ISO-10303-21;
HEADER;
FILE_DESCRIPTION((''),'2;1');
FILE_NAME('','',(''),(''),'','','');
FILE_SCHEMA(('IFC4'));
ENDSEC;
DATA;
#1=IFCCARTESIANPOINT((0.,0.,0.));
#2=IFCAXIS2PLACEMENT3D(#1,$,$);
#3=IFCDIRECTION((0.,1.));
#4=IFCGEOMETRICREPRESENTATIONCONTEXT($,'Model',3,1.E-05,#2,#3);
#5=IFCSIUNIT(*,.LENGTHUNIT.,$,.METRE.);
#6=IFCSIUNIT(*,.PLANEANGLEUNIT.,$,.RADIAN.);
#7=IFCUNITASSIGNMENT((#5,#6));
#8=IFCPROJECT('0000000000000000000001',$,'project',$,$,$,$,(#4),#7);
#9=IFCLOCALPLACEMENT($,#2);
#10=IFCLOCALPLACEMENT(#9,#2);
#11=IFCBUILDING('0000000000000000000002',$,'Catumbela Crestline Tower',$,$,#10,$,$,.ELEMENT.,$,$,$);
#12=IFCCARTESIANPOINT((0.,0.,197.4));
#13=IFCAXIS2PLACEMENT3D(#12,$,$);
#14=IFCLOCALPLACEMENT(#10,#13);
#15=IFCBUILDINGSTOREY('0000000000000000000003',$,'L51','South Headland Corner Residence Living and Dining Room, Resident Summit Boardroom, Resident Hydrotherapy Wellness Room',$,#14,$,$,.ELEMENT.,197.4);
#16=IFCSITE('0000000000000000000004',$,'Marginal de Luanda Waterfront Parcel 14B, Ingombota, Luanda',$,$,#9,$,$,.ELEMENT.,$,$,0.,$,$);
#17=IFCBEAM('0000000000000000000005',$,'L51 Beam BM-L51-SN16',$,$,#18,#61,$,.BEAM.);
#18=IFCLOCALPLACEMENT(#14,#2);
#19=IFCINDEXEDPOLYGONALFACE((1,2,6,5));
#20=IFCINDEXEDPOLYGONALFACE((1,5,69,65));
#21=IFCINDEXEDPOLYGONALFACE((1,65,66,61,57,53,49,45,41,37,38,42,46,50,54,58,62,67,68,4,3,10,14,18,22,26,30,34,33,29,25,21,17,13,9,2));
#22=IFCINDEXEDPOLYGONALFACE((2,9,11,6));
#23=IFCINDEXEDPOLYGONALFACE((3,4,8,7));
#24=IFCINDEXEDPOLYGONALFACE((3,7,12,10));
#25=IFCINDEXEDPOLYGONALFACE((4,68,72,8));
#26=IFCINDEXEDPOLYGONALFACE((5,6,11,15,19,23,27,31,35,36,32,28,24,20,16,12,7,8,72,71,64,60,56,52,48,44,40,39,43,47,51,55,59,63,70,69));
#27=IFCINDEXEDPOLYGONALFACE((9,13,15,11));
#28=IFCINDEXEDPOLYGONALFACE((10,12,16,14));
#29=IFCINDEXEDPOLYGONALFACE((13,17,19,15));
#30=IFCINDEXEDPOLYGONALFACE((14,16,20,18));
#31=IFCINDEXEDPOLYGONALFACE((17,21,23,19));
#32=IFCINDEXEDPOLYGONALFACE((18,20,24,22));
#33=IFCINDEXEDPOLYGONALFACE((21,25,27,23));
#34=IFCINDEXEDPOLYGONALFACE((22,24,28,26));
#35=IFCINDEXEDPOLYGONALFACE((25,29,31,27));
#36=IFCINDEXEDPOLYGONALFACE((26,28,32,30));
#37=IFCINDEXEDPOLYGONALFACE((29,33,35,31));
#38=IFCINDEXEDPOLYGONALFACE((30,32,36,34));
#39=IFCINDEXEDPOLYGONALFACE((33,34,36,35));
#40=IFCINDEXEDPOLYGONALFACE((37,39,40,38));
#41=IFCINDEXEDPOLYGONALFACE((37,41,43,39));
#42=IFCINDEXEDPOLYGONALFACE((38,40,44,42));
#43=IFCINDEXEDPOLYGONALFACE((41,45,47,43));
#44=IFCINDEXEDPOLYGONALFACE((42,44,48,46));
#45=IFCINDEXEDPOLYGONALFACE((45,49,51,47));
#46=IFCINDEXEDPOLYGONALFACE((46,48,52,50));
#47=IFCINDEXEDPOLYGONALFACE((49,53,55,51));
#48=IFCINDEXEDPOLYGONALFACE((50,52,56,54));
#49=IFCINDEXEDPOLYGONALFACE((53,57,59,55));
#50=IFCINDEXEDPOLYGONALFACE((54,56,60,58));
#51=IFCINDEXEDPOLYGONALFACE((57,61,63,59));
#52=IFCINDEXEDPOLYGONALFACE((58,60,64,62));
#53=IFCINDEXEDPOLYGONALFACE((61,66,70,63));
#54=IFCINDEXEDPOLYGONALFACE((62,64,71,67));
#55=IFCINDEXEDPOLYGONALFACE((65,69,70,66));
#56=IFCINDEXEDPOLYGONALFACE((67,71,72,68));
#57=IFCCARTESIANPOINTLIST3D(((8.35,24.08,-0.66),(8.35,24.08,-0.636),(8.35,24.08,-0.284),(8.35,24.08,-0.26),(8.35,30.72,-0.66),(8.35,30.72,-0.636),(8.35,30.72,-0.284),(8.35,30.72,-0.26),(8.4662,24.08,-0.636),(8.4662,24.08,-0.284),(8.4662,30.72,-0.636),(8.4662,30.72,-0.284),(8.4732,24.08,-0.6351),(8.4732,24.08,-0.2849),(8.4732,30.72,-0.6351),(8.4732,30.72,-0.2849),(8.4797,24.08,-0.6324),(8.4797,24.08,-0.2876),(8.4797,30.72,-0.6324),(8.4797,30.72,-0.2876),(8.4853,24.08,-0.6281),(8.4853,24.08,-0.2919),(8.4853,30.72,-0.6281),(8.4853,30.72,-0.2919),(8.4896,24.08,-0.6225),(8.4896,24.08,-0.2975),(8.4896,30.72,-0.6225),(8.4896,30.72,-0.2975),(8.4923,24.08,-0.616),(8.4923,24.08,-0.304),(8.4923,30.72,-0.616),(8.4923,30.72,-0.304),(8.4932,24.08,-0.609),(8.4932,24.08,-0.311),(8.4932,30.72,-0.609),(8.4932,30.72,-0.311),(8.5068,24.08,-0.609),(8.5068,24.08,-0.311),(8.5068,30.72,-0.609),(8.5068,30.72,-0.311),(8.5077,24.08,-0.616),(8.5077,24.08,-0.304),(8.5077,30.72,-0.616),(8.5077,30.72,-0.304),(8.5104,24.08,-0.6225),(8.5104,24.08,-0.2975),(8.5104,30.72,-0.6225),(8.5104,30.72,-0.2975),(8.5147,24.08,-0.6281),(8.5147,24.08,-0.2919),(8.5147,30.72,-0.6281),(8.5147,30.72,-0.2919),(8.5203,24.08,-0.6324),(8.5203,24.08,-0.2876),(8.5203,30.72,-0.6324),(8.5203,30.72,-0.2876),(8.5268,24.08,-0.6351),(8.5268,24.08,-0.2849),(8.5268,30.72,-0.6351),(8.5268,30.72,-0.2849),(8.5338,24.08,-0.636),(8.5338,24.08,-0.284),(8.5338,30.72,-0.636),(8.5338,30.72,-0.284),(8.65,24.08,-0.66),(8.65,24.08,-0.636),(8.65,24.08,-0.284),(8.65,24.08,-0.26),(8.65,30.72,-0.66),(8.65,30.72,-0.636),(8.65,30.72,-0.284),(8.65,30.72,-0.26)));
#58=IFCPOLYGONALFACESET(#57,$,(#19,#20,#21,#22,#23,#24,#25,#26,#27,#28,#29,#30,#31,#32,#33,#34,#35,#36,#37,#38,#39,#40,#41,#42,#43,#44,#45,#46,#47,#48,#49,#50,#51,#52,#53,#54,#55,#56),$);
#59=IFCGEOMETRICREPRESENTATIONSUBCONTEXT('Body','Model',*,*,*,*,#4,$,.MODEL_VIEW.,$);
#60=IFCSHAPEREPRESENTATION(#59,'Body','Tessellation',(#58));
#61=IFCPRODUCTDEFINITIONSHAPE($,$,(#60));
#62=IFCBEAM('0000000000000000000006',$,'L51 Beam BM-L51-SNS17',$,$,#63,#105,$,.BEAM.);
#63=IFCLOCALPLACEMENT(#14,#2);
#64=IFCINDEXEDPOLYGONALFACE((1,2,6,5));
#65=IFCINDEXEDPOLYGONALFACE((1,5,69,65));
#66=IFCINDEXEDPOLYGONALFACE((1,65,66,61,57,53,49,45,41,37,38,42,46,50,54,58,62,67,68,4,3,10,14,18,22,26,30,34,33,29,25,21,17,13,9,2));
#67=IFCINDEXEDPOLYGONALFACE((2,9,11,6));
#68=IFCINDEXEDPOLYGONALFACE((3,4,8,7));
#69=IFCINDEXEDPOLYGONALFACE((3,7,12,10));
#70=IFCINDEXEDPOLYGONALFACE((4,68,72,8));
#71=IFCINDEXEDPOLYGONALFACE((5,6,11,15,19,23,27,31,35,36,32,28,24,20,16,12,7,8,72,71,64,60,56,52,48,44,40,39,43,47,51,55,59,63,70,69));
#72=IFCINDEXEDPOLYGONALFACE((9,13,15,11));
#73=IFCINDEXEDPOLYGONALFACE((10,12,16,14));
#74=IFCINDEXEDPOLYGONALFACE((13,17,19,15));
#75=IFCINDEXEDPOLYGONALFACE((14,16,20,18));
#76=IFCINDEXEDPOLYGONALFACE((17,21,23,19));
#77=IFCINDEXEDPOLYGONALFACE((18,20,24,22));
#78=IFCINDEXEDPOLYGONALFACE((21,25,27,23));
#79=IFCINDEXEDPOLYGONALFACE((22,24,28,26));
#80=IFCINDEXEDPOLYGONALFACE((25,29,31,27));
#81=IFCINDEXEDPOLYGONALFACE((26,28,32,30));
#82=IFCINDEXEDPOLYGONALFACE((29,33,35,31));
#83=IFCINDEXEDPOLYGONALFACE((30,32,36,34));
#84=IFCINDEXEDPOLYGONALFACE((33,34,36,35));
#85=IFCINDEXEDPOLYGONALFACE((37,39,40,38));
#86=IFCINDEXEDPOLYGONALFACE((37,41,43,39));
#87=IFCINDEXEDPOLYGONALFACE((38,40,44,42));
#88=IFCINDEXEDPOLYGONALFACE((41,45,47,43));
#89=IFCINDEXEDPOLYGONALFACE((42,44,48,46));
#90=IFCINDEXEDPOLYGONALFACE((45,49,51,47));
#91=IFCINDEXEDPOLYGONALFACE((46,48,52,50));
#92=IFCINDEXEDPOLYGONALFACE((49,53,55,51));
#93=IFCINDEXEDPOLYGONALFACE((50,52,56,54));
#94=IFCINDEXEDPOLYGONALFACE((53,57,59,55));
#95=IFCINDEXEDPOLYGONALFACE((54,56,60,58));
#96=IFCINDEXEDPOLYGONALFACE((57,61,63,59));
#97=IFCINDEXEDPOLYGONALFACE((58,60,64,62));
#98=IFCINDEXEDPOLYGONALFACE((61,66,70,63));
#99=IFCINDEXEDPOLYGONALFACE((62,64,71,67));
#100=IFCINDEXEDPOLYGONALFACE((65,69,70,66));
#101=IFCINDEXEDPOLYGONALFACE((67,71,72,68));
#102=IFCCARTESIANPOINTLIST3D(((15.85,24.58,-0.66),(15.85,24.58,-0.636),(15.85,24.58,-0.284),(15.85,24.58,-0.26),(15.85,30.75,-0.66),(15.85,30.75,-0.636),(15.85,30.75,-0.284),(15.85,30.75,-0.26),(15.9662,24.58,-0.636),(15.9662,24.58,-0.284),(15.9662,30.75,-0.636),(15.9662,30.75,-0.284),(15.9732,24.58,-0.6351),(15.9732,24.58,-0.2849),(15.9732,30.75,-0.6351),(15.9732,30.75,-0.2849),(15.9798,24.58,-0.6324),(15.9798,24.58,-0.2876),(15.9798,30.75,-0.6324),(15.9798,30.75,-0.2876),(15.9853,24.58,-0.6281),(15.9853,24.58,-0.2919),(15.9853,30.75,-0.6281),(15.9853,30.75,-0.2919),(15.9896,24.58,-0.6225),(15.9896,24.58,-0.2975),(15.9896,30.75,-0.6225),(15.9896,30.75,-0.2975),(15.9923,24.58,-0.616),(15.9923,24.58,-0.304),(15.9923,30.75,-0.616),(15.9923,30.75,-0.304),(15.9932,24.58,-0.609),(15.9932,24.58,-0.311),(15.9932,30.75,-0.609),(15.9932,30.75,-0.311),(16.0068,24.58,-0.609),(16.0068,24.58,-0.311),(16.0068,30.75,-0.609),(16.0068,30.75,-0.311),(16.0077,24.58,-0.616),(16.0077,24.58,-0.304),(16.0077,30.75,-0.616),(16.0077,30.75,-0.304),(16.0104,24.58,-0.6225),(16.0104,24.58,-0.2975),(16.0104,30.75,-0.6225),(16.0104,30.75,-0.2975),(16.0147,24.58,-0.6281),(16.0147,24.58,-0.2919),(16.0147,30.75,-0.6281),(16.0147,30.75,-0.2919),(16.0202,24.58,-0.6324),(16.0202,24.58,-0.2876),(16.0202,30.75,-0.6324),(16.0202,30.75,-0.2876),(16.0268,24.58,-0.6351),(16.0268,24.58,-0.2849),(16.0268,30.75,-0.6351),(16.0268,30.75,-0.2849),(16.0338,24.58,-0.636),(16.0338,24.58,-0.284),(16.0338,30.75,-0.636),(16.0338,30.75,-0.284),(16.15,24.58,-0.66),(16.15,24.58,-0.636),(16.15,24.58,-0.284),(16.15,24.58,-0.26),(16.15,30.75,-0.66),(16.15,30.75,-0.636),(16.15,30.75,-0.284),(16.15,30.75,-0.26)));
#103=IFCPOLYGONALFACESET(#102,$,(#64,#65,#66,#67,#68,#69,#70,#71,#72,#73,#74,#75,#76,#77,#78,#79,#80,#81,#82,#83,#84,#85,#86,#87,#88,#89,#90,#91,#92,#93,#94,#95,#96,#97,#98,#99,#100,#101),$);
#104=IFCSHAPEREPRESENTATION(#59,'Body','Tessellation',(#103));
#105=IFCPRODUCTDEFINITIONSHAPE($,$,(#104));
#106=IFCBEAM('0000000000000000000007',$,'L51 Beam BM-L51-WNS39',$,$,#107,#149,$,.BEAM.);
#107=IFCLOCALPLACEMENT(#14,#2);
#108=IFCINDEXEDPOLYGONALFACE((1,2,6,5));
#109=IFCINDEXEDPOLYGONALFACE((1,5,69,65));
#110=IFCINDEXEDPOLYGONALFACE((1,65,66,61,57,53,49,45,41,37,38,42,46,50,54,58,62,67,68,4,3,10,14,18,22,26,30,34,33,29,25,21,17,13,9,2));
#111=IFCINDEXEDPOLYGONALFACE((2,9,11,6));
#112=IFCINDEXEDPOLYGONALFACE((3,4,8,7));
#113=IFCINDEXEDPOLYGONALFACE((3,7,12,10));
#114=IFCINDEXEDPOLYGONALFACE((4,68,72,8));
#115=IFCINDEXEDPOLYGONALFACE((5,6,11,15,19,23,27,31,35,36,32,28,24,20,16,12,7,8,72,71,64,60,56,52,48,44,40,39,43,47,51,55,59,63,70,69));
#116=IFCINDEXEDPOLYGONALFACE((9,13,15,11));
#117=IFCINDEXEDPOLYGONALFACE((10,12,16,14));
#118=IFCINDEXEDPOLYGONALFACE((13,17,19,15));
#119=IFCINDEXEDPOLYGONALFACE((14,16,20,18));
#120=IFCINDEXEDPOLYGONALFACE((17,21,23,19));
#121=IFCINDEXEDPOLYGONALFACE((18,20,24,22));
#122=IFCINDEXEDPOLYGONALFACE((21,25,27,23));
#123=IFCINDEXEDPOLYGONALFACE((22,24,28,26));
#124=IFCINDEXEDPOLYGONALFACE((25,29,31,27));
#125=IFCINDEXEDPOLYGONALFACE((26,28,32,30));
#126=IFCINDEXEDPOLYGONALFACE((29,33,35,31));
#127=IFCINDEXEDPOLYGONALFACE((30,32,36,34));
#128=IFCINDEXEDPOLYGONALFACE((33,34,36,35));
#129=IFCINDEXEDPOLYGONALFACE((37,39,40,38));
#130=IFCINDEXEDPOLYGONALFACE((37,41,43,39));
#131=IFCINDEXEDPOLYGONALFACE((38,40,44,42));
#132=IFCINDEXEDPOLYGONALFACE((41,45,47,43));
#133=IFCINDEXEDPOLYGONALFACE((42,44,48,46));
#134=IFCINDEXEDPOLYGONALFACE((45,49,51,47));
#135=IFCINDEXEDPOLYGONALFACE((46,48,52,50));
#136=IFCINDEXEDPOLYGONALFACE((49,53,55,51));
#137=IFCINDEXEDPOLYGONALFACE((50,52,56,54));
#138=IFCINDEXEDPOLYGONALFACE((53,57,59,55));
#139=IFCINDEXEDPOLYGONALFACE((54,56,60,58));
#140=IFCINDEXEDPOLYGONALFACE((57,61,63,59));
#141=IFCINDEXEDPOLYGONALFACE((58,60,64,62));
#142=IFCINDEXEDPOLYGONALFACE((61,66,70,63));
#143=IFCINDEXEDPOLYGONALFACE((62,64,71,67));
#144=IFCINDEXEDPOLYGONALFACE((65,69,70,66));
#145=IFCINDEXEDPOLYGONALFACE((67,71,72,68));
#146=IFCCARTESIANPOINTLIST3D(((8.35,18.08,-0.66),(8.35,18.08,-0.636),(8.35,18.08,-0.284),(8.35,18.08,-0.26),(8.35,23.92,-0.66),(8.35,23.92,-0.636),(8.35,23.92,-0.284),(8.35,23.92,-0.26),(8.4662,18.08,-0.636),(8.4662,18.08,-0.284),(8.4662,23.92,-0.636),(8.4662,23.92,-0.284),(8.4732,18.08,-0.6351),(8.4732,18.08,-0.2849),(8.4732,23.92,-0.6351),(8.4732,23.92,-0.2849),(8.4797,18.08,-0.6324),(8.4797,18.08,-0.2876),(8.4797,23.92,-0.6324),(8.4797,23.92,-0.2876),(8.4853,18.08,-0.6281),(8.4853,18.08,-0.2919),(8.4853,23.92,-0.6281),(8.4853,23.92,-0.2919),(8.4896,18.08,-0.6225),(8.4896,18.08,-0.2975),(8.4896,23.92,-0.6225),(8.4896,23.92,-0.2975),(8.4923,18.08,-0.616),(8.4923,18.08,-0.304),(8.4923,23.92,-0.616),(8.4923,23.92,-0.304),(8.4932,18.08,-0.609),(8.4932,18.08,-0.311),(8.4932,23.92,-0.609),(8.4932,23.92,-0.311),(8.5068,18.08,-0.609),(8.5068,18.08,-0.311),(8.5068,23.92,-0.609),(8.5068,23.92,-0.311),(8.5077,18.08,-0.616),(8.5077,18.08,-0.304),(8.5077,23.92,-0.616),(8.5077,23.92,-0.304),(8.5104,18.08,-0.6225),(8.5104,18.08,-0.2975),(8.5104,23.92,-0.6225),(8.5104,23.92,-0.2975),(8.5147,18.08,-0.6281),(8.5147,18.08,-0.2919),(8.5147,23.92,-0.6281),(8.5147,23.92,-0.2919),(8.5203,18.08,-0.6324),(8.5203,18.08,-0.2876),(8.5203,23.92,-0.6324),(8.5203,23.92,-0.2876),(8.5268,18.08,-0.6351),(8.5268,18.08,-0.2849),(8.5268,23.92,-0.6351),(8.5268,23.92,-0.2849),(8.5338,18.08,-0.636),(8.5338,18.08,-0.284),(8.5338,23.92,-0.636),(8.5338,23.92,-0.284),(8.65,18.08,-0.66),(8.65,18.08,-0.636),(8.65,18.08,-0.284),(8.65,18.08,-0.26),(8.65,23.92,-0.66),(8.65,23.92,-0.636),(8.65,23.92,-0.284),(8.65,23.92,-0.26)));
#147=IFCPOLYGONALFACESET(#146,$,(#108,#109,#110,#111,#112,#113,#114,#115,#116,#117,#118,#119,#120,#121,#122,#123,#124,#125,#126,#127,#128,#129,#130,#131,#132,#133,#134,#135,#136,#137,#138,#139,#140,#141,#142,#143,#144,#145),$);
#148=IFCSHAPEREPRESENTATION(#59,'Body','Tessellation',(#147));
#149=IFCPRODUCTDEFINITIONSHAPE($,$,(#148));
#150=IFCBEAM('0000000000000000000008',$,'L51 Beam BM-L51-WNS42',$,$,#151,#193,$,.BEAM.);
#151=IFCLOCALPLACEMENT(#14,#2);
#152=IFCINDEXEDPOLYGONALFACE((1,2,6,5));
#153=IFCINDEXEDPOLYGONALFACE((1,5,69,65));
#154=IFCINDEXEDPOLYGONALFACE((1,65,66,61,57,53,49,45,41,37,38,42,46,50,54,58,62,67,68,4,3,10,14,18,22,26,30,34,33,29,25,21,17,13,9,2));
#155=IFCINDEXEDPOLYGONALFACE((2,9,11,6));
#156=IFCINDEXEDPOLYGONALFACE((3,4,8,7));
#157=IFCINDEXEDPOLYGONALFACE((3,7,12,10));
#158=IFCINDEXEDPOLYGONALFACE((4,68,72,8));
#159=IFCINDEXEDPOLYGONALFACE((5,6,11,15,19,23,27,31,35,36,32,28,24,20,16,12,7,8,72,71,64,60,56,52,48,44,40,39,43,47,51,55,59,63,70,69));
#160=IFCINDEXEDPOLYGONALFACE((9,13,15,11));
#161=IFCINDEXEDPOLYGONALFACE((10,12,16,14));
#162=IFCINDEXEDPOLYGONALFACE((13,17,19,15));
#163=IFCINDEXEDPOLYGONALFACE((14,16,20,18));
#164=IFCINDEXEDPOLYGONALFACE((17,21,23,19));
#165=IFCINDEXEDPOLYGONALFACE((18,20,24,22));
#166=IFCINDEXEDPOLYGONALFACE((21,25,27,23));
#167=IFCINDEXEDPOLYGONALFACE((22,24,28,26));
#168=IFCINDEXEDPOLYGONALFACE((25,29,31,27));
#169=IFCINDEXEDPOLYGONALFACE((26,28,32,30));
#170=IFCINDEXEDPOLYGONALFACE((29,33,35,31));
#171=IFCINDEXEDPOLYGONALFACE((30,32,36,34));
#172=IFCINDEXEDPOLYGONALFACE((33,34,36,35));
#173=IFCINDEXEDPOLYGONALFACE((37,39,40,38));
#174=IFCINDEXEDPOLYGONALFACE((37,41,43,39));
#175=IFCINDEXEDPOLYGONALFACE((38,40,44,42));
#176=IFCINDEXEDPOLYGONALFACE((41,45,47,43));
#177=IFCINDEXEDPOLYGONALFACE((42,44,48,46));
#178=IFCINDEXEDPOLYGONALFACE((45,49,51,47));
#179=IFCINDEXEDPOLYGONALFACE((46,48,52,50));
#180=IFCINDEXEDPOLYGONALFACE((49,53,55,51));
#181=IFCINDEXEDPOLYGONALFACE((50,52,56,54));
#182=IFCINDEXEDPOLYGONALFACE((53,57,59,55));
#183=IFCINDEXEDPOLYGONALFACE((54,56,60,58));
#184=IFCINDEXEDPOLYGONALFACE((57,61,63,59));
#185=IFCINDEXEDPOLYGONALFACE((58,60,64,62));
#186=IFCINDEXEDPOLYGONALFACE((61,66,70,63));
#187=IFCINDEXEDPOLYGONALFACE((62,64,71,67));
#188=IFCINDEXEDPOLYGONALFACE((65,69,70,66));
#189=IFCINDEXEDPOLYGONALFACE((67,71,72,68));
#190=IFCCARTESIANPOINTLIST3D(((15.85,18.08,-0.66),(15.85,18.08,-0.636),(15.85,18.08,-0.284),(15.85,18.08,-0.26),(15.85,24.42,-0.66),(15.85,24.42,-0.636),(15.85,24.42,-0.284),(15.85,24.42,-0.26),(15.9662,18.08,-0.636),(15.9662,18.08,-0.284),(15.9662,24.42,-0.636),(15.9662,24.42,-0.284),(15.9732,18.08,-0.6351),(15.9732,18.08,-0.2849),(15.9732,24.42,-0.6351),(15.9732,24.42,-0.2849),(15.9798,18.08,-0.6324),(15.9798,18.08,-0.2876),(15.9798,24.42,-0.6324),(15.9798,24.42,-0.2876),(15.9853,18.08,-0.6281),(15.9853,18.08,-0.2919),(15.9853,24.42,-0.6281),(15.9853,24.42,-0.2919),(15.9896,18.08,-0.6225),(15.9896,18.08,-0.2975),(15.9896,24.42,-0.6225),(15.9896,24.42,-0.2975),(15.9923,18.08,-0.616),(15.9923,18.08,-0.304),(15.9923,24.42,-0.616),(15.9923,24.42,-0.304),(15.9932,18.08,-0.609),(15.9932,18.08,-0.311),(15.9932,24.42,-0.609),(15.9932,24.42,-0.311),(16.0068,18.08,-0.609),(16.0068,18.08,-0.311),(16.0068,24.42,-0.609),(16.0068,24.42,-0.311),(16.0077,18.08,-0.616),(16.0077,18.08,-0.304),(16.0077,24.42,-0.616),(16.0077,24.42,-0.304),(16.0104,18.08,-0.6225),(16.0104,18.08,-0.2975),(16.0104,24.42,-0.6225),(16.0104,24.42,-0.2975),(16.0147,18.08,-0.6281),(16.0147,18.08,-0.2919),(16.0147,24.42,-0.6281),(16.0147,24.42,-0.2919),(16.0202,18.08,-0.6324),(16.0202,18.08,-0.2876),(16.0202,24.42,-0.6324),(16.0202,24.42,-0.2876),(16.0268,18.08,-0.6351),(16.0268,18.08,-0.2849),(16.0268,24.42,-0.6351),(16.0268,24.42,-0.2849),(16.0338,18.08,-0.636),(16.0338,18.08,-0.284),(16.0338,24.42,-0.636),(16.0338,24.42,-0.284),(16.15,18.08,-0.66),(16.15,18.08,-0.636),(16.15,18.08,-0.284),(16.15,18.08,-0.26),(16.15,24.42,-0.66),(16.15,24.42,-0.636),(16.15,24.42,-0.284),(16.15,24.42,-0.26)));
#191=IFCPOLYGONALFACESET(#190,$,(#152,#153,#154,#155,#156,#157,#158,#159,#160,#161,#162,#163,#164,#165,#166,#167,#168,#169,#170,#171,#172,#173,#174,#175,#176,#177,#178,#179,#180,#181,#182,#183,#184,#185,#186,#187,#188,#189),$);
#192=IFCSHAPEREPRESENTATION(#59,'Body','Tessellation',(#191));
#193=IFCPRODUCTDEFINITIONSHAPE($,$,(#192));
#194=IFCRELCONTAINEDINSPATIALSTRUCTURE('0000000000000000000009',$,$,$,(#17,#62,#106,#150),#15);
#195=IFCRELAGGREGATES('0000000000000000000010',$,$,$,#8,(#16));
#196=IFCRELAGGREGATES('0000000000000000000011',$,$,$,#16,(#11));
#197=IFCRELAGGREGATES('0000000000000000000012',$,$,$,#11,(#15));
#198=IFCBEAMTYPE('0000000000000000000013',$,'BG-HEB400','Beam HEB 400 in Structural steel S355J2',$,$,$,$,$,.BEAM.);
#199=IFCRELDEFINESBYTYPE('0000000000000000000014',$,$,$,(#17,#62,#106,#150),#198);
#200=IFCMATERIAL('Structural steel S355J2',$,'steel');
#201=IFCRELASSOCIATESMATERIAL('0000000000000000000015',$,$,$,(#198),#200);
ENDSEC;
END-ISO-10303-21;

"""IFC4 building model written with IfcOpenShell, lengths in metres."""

from ifc_helpers import new_model, si_unit, direction, frame, origin, origin_2d, place, context, subcontext, project, spatial, i_section, extrude, material, material_profile, profile_set, type_object, element, save


model = new_model("IFC4")

# Units and contexts
model_context = context("Model", 3, precision=1e-05, world=origin(), true_north=direction((0.0, 1.0)))
body_context = subcontext(model_context, "Body", "Model", "MODEL_VIEW")
ifc_project = project(units=[si_unit("LENGTHUNIT", "METRE"), si_unit("PLANEANGLEUNIT", "RADIAN")], contexts=[model_context])

# Site, building, storey
site_placement = place(None, origin())
site = spatial("IfcSite", under=ifc_project, at=site_placement, Name="Marginal de Luanda Waterfront Parcel 14B, Ingombota, Luanda", CompositionType="ELEMENT", RefElevation=0.0)
building_placement = place(site_placement, origin())
building = spatial("IfcBuilding", under=site, at=building_placement, Name="Catumbela Crestline Tower", CompositionType="ELEMENT")
storey_placement = place(building_placement, frame((0.0, 0.0, 197.4)))
storey = spatial("IfcBuildingStorey", under=building, at=storey_placement, Name="L51", Description="South Headland Corner Residence Living and Dining Room, Resident Summit Boardroom, Resident Hydrotherapy Wellness Room", CompositionType="ELEMENT", Elevation=197.4)

# Shared definitions
ifc_material_1 = material(Name="Structural steel S355J2", Category="steel")

# Beams
ifc_material_profile_1 = material_profile(ifc_material_1, i_section(OverallWidth=0.3, OverallDepth=0.4, WebThickness=0.0135, FlangeThickness=0.024, FilletRadius=0.027, at=origin_2d()), Name="HEB 400")
ifc_profile_set_1 = profile_set([ifc_material_profile_1], Name="Structural steel S355J2")
beam_type_1 = type_object("IfcBeamType", Name="BG-HEB400", Description="Beam HEB 400 in Structural steel S355J2", PredefinedType="BEAM", material=ifc_profile_set_1)
beam_1_placement = place(storey_placement, frame((8.5, 24.08, -0.46), z_axis=(0.0, 1.0, 0.0), x_axis=(-1.0, 0.0, 0.0)))
element("IfcBeam", 1, at=beam_1_placement, inside=storey, type_object=beam_type_1, Name="L51 Beam BM-L51-SN16", PredefinedType="BEAM", context=body_context, shape_type="SweptSolid", body=[
    extrude(i_section(OverallWidth=0.3, OverallDepth=0.4, WebThickness=0.0135, FlangeThickness=0.024, FilletRadius=0.027, at=origin_2d()), origin(), (0.0, 0.0, 1.0), 6.64),
])
beam_2_placement = place(storey_placement, frame((16.0, 24.58, -0.46), z_axis=(0.0, 1.0, 0.0), x_axis=(-1.0, 0.0, 0.0)))
element("IfcBeam", 2, at=beam_2_placement, inside=storey, type_object=beam_type_1, Name="L51 Beam BM-L51-SNS17", PredefinedType="BEAM", context=body_context, shape_type="SweptSolid", body=[
    extrude(i_section(OverallWidth=0.3, OverallDepth=0.4, WebThickness=0.0135, FlangeThickness=0.024, FilletRadius=0.027, at=origin_2d()), origin(), (0.0, 0.0, 1.0), 6.17),
])
beam_3_placement = place(storey_placement, frame((8.5, 18.08, -0.46), z_axis=(0.0, 1.0, 0.0), x_axis=(-1.0, 0.0, 0.0)))
element("IfcBeam", 3, at=beam_3_placement, inside=storey, type_object=beam_type_1, Name="L51 Beam BM-L51-WNS39", PredefinedType="BEAM", context=body_context, shape_type="SweptSolid", body=[
    extrude(i_section(OverallWidth=0.3, OverallDepth=0.4, WebThickness=0.0135, FlangeThickness=0.024, FilletRadius=0.027, at=origin_2d()), origin(), (0.0, 0.0, 1.0), 5.84),
])
beam_4_placement = place(storey_placement, frame((16.0, 18.08, -0.46), z_axis=(0.0, 1.0, 0.0), x_axis=(-1.0, 0.0, 0.0)))
element("IfcBeam", 4, at=beam_4_placement, inside=storey, type_object=beam_type_1, Name="L51 Beam BM-L51-WNS42", PredefinedType="BEAM", context=body_context, shape_type="SweptSolid", body=[
    extrude(i_section(OverallWidth=0.3, OverallDepth=0.4, WebThickness=0.0135, FlangeThickness=0.024, FilletRadius=0.027, at=origin_2d()), origin(), (0.0, 0.0, 1.0), 6.34),
])

save(model, "model.ifc")
